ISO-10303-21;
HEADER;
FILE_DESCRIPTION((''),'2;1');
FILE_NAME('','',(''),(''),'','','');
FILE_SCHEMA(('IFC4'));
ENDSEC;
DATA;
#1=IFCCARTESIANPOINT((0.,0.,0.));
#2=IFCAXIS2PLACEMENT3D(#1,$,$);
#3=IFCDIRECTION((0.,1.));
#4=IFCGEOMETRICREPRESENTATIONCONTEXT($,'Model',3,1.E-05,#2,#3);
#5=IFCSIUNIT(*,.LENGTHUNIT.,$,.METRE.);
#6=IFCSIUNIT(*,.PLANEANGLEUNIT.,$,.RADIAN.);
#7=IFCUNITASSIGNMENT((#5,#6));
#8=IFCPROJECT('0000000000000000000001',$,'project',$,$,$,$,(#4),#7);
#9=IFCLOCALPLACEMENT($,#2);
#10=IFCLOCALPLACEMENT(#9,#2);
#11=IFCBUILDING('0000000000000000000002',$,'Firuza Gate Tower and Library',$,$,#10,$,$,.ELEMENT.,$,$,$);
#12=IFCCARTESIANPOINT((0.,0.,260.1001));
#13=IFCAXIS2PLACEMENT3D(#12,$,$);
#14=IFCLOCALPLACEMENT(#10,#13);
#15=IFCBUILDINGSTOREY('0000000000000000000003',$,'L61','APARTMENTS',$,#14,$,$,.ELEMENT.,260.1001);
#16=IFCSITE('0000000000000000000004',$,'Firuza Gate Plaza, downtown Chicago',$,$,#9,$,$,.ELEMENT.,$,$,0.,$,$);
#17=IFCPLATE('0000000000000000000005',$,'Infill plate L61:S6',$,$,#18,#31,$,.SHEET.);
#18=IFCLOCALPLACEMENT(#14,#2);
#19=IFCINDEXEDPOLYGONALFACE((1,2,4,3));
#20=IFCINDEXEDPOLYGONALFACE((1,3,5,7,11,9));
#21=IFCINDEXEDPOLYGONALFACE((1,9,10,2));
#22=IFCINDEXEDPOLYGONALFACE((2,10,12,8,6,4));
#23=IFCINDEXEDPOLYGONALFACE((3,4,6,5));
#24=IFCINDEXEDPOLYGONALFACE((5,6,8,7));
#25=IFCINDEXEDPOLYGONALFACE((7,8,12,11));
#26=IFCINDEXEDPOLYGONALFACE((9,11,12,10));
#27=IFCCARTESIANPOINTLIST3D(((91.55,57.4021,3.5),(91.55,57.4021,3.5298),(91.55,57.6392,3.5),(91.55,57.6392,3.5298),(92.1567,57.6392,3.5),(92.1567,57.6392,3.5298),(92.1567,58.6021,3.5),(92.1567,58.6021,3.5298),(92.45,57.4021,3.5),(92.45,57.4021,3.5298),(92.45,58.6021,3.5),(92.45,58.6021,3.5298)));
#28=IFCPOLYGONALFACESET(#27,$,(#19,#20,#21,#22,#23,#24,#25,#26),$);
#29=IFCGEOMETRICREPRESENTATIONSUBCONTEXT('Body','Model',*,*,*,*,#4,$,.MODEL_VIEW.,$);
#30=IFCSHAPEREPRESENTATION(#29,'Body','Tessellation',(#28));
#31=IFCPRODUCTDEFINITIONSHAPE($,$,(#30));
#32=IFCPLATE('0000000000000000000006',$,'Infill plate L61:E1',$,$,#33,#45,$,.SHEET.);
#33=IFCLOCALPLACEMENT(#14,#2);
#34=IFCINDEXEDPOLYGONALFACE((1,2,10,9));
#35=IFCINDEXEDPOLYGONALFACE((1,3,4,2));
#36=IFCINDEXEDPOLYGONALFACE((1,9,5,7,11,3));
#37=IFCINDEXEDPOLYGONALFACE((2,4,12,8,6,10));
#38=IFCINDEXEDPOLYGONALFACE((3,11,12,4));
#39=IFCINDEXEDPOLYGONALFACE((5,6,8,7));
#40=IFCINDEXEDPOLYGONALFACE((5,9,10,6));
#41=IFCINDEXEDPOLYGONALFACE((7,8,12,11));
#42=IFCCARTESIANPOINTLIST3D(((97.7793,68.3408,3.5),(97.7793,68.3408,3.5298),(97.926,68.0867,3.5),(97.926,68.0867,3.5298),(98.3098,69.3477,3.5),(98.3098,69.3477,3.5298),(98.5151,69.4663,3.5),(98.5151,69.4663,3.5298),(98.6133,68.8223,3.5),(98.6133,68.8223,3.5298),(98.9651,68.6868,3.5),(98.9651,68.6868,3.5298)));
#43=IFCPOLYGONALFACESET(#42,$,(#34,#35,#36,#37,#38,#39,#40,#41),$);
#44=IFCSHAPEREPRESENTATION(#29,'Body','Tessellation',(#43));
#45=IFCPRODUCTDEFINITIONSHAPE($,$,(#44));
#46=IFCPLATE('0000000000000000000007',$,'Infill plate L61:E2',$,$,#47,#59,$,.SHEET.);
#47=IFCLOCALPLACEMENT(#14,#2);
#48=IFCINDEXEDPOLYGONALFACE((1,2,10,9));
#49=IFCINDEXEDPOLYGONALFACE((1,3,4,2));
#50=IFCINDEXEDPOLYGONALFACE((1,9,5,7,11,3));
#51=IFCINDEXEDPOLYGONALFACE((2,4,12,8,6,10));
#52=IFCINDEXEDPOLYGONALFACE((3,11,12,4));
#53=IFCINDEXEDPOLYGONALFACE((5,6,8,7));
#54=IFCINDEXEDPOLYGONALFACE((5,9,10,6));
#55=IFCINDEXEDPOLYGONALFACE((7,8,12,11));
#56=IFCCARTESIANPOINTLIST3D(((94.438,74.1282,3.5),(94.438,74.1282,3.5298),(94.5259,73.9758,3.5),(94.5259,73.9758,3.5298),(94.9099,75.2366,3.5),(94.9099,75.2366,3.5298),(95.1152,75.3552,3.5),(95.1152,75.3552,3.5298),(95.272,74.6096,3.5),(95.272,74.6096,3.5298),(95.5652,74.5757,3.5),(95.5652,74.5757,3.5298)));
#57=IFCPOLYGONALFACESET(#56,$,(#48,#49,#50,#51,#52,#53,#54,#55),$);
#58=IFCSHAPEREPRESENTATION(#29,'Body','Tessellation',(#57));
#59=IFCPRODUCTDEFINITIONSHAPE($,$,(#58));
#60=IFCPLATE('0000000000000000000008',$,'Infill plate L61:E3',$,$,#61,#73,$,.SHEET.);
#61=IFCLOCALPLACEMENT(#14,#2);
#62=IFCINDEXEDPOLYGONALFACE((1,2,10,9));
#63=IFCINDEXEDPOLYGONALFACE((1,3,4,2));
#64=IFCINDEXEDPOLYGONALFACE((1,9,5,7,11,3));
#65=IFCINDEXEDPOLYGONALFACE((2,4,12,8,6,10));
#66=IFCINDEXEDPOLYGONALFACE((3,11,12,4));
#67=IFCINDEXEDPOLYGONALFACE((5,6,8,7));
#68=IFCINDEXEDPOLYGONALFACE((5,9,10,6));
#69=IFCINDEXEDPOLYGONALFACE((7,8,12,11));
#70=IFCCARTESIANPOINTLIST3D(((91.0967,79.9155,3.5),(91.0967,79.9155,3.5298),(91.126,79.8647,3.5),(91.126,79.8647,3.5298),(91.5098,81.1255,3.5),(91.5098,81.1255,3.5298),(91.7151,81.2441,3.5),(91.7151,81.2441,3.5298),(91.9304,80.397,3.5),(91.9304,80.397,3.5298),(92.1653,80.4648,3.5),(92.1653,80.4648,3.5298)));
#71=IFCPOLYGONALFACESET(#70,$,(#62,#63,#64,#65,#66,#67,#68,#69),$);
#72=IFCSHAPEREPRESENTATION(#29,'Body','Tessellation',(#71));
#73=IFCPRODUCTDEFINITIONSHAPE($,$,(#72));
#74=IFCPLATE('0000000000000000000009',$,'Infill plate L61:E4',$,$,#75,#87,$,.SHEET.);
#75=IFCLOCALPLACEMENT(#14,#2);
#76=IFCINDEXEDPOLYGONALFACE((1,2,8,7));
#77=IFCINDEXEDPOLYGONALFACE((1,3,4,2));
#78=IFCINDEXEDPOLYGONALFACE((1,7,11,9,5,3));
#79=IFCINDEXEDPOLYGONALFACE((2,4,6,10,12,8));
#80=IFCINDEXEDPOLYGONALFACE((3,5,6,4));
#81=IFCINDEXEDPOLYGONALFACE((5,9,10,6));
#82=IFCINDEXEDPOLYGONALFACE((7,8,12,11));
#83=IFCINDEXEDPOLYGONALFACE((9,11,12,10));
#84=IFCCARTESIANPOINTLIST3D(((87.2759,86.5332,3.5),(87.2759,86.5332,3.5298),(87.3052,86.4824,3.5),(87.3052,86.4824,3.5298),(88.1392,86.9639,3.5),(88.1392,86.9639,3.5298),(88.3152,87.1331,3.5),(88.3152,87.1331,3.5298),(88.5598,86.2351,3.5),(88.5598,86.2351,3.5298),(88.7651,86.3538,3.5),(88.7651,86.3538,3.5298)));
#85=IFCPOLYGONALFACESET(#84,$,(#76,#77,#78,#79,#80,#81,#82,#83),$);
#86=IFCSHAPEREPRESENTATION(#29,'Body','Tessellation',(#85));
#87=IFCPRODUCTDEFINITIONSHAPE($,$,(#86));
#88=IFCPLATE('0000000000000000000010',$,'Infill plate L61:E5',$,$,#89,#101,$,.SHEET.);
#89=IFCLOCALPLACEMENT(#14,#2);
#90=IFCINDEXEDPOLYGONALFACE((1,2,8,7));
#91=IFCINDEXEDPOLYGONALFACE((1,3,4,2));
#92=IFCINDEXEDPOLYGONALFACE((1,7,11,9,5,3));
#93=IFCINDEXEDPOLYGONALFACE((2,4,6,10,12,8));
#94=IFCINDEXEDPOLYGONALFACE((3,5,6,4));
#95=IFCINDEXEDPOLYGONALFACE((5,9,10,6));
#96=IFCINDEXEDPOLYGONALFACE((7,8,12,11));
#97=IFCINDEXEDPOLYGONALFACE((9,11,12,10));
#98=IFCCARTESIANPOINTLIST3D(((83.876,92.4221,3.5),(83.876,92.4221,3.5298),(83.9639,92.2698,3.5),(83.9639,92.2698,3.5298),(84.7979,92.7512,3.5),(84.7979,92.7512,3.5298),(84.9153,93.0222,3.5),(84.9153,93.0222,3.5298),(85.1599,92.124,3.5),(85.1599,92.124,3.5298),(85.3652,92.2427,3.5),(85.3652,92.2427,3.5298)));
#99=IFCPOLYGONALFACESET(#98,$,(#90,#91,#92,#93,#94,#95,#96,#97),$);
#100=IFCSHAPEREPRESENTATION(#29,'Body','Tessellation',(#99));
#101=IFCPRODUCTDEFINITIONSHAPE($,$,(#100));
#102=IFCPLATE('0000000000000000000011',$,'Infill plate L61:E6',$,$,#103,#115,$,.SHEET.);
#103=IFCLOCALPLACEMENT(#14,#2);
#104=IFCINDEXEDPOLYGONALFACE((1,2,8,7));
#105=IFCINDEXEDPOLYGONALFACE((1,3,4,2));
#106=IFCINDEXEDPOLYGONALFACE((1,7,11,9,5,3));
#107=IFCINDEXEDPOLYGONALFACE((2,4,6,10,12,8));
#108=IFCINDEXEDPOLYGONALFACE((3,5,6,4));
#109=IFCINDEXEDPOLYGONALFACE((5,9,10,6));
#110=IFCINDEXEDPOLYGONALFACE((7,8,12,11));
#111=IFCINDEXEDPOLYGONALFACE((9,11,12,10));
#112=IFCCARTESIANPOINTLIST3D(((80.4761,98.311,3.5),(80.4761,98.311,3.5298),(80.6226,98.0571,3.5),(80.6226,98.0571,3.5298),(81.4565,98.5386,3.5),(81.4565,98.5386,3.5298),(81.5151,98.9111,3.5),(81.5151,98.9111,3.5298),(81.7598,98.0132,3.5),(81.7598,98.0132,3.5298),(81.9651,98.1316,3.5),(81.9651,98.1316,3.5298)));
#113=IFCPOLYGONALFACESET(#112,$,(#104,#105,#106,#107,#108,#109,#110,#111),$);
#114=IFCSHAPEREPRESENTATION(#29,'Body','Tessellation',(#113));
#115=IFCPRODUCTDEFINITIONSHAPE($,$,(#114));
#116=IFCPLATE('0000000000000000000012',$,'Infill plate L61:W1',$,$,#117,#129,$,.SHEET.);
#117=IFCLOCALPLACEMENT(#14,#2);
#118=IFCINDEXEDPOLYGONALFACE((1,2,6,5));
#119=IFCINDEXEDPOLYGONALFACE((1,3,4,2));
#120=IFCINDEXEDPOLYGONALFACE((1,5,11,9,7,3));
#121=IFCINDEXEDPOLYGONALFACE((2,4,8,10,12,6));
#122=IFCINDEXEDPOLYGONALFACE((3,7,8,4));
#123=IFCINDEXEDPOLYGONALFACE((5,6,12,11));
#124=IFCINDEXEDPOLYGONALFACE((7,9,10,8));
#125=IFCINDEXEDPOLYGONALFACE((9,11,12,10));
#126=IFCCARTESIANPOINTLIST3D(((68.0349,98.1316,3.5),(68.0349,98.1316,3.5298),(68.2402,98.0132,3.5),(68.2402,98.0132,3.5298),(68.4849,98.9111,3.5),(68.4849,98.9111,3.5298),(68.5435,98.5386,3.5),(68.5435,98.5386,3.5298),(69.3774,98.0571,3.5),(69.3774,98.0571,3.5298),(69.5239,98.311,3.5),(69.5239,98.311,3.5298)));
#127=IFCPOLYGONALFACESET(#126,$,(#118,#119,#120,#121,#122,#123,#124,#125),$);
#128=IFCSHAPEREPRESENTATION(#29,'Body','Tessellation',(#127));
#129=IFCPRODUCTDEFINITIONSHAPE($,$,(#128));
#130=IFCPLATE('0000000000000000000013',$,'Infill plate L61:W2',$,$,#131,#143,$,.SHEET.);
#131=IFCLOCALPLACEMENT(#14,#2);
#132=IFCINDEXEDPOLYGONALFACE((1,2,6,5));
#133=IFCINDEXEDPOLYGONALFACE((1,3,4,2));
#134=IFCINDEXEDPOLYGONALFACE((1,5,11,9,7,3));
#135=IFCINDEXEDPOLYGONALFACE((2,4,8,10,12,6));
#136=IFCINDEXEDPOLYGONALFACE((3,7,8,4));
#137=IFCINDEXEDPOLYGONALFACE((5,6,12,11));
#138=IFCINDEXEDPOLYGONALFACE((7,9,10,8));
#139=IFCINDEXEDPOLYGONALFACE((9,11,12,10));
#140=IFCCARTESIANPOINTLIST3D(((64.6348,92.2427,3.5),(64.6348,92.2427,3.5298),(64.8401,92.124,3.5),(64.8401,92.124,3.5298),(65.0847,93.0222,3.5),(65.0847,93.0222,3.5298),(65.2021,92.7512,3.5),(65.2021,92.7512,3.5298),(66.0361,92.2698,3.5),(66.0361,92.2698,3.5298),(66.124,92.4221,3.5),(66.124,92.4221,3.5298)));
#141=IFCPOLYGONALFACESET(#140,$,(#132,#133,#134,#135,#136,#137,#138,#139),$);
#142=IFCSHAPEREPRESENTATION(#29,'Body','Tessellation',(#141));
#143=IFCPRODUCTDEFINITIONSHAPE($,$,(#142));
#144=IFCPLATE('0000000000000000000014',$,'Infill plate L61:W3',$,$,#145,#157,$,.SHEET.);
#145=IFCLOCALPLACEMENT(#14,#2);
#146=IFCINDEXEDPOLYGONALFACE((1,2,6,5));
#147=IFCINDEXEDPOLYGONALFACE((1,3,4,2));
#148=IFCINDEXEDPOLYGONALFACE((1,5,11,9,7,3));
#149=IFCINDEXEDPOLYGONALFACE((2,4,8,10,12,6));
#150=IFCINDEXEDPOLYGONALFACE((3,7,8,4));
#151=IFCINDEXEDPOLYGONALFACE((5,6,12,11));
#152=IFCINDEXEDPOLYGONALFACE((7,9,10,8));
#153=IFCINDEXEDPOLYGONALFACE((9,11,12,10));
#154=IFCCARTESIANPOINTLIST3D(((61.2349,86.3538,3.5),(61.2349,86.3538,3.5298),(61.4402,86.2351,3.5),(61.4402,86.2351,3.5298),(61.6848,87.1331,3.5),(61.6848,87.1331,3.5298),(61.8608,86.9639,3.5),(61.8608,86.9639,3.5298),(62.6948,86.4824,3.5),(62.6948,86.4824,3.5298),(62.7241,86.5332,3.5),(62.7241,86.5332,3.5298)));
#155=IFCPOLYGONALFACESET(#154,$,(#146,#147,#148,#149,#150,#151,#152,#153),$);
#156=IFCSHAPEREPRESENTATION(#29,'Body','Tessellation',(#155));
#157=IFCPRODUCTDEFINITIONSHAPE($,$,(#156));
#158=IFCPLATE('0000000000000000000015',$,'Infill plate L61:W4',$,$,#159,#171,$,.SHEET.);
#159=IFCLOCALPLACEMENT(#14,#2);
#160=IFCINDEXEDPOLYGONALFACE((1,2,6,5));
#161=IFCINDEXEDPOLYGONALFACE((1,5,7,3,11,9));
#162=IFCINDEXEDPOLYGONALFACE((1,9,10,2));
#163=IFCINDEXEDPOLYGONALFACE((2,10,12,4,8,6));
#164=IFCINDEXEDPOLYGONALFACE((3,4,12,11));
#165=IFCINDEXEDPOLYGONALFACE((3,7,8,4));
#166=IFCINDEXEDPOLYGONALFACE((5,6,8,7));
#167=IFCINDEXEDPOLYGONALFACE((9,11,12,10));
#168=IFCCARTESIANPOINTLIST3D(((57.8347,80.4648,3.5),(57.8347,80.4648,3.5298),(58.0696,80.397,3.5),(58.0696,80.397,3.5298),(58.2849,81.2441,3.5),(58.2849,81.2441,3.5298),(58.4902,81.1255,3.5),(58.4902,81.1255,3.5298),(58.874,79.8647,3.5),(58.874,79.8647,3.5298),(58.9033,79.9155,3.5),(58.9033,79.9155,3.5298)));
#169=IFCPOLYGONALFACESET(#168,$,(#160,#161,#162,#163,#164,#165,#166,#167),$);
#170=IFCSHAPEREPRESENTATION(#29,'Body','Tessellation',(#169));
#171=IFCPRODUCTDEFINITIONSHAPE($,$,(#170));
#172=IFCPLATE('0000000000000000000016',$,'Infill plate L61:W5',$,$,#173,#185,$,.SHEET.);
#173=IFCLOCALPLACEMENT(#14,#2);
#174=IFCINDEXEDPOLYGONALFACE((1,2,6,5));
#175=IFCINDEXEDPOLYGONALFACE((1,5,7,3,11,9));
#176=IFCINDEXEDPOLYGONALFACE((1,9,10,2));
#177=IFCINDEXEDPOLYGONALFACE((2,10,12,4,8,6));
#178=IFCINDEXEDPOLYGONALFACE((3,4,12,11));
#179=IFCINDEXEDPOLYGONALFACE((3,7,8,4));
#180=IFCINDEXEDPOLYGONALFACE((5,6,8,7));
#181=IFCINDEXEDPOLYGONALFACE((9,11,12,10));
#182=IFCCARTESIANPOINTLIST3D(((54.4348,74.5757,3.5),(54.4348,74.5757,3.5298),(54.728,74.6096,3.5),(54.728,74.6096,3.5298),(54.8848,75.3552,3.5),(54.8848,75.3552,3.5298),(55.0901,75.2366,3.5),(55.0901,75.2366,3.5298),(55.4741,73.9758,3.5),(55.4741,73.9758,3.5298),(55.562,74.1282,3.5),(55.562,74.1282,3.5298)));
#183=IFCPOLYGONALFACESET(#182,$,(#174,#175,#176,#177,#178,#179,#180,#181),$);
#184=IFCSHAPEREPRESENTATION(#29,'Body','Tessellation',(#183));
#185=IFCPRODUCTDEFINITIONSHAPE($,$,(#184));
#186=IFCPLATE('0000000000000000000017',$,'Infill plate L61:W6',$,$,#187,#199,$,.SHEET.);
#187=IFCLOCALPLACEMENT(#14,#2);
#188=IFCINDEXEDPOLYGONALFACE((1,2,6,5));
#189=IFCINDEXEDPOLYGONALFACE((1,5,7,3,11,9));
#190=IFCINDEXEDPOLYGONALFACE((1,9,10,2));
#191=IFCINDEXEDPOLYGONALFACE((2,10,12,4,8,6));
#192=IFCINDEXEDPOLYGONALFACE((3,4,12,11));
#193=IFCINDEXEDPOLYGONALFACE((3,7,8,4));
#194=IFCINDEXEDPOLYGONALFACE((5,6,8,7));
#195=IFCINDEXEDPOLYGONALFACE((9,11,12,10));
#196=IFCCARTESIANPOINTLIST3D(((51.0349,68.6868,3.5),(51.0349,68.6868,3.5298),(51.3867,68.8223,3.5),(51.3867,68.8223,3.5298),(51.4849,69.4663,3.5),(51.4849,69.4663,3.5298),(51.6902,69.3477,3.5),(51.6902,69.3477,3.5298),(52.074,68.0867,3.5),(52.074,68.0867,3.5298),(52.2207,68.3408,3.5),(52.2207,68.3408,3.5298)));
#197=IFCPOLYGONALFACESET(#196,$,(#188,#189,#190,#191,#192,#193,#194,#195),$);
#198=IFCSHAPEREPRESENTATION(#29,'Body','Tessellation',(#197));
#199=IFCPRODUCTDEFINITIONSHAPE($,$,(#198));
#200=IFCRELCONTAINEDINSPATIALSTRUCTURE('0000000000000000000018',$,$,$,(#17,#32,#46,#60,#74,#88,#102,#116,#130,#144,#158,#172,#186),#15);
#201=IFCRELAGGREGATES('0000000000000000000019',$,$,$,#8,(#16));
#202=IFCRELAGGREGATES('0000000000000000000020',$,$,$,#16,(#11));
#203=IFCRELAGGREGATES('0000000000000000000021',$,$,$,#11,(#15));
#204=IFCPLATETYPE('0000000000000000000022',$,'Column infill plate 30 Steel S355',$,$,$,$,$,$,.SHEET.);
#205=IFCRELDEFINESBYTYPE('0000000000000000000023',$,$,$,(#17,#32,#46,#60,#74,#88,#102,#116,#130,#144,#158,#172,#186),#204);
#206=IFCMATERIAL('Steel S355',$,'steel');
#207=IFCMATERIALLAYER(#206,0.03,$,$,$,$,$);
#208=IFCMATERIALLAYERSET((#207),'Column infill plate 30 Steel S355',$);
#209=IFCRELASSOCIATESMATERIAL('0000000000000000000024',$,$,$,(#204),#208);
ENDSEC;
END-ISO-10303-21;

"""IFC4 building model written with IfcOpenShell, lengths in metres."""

from ifc_helpers import new_model, si_unit, direction, frame, origin, place, context, subcontext, project, spatial, polyline, outline, extrude, material, layer, layer_set, type_object, element, save


model = new_model("IFC4")

# Units and contexts
model_context = context("Model", 3, precision=1e-05, world=origin(), true_north=direction((0.0, 1.0)))
body_context = subcontext(model_context, "Body", "Model", "MODEL_VIEW")
ifc_project = project(units=[si_unit("LENGTHUNIT", "METRE"), si_unit("PLANEANGLEUNIT", "RADIAN")], contexts=[model_context])

# Site, building, storey
site_placement = place(None, origin())
site = spatial("IfcSite", under=ifc_project, at=site_placement, Name="Firuza Gate Plaza, downtown Chicago", CompositionType="ELEMENT", RefElevation=0.0)
building_placement = place(site_placement, origin())
building = spatial("IfcBuilding", under=site, at=building_placement, Name="Firuza Gate Tower and Library", CompositionType="ELEMENT")
storey_placement = place(building_placement, frame((0.0, 0.0, 260.1001)))
storey = spatial("IfcBuildingStorey", under=building, at=storey_placement, Name="L61", Description="APARTMENTS", CompositionType="ELEMENT", Elevation=260.1001)

# Plates
ifc_material_1 = material(Name="Steel S355", Category="steel")
ifc_layer_1 = layer(ifc_material_1, 0.03)
ifc_layer_set_1 = layer_set([ifc_layer_1], Name="Column infill plate 30 Steel S355")
plate_type_1 = type_object("IfcPlateType", Name="Column infill plate 30 Steel S355", PredefinedType="SHEET", material=ifc_layer_set_1)
placement_1 = place(storey_placement, frame((0.0, 0.0, 3.5)))
element("IfcPlate", 1, at=placement_1, inside=storey, type_object=plate_type_1, Name="Infill plate L61:S6", PredefinedType="SHEET", context=body_context, shape_type="SweptSolid", body=[
    extrude(outline(polyline([(92.45, 58.6021), (92.1567, 58.6021), (92.1567, 57.6392), (91.55, 57.6392), (91.55, 57.4021), (92.45, 57.4021), (92.45, 58.6021)])), origin(), (0.0, 0.0, 1.0), 0.0298),
])
element("IfcPlate", 2, at=placement_1, inside=storey, type_object=plate_type_1, Name="Infill plate L61:E1", PredefinedType="SHEET", context=body_context, shape_type="SweptSolid", body=[
    extrude(outline(polyline([(98.5151, 69.4663), (98.3098, 69.3477), (98.6133, 68.8223), (97.7793, 68.3408), (97.926, 68.0867), (98.9651, 68.6868), (98.5151, 69.4663)])), origin(), (0.0, 0.0, 1.0), 0.0298),
])
element("IfcPlate", 3, at=placement_1, inside=storey, type_object=plate_type_1, Name="Infill plate L61:E2", PredefinedType="SHEET", context=body_context, shape_type="SweptSolid", body=[
    extrude(outline(polyline([(95.1152, 75.3552), (94.9099, 75.2366), (95.272, 74.6096), (94.438, 74.1282), (94.5259, 73.9758), (95.5652, 74.5757), (95.1152, 75.3552)])), origin(), (0.0, 0.0, 1.0), 0.0298),
])
element("IfcPlate", 4, at=placement_1, inside=storey, type_object=plate_type_1, Name="Infill plate L61:E3", PredefinedType="SHEET", context=body_context, shape_type="SweptSolid", body=[
    extrude(outline(polyline([(91.7151, 81.2441), (91.5098, 81.1255), (91.9304, 80.397), (91.0967, 79.9155), (91.126, 79.8647), (92.1653, 80.4648), (91.7151, 81.2441)])), origin(), (0.0, 0.0, 1.0), 0.0298),
])
element("IfcPlate", 5, at=placement_1, inside=storey, type_object=plate_type_1, Name="Infill plate L61:E4", PredefinedType="SHEET", context=body_context, shape_type="SweptSolid", body=[
    extrude(outline(polyline([(87.2759, 86.5332), (87.3052, 86.4824), (88.1392, 86.9639), (88.5598, 86.2351), (88.7651, 86.3538), (88.3152, 87.1331), (87.2759, 86.5332)])), origin(), (0.0, 0.0, 1.0), 0.0298),
])
element("IfcPlate", 6, at=placement_1, inside=storey, type_object=plate_type_1, Name="Infill plate L61:E5", PredefinedType="SHEET", context=body_context, shape_type="SweptSolid", body=[
    extrude(outline(polyline([(83.876, 92.4221), (83.9639, 92.2698), (84.7979, 92.7512), (85.1599, 92.124), (85.3652, 92.2427), (84.9153, 93.0222), (83.876, 92.4221)])), origin(), (0.0, 0.0, 1.0), 0.0298),
])
element("IfcPlate", 7, at=placement_1, inside=storey, type_object=plate_type_1, Name="Infill plate L61:E6", PredefinedType="SHEET", context=body_context, shape_type="SweptSolid", body=[
    extrude(outline(polyline([(80.4761, 98.311), (80.6226, 98.0571), (81.4565, 98.5386), (81.7598, 98.0132), (81.9651, 98.1316), (81.5151, 98.9111), (80.4761, 98.311)])), origin(), (0.0, 0.0, 1.0), 0.0298),
])
element("IfcPlate", 8, at=placement_1, inside=storey, type_object=plate_type_1, Name="Infill plate L61:W1", PredefinedType="SHEET", context=body_context, shape_type="SweptSolid", body=[
    extrude(outline(polyline([(68.0349, 98.1316), (68.2402, 98.0132), (68.5435, 98.5386), (69.3774, 98.0571), (69.5239, 98.311), (68.4849, 98.9111), (68.0349, 98.1316)])), origin(), (0.0, 0.0, 1.0), 0.0298),
])
element("IfcPlate", 9, at=placement_1, inside=storey, type_object=plate_type_1, Name="Infill plate L61:W2", PredefinedType="SHEET", context=body_context, shape_type="SweptSolid", body=[
    extrude(outline(polyline([(64.6348, 92.2427), (64.8401, 92.124), (65.2021, 92.7512), (66.0361, 92.2698), (66.124, 92.4221), (65.0847, 93.0222), (64.6348, 92.2427)])), origin(), (0.0, 0.0, 1.0), 0.0298),
])
element("IfcPlate", 10, at=placement_1, inside=storey, type_object=plate_type_1, Name="Infill plate L61:W3", PredefinedType="SHEET", context=body_context, shape_type="SweptSolid", body=[
    extrude(outline(polyline([(61.2349, 86.3538), (61.4402, 86.2351), (61.8608, 86.9639), (62.6948, 86.4824), (62.7241, 86.5332), (61.6848, 87.1331), (61.2349, 86.3538)])), origin(), (0.0, 0.0, 1.0), 0.0298),
])
element("IfcPlate", 11, at=placement_1, inside=storey, type_object=plate_type_1, Name="Infill plate L61:W4", PredefinedType="SHEET", context=body_context, shape_type="SweptSolid", body=[
    extrude(outline(polyline([(58.874, 79.8647), (58.9033, 79.9155), (58.0696, 80.397), (58.4902, 81.1255), (58.2849, 81.2441), (57.8347, 80.4648), (58.874, 79.8647)])), origin(), (0.0, 0.0, 1.0), 0.0298),
])
element("IfcPlate", 12, at=placement_1, inside=storey, type_object=plate_type_1, Name="Infill plate L61:W5", PredefinedType="SHEET", context=body_context, shape_type="SweptSolid", body=[
    extrude(outline(polyline([(55.4741, 73.9758), (55.562, 74.1282), (54.728, 74.6096), (55.0901, 75.2366), (54.8848, 75.3552), (54.4348, 74.5757), (55.4741, 73.9758)])), origin(), (0.0, 0.0, 1.0), 0.0298),
])
element("IfcPlate", 13, at=placement_1, inside=storey, type_object=plate_type_1, Name="Infill plate L61:W6", PredefinedType="SHEET", context=body_context, shape_type="SweptSolid", body=[
    extrude(outline(polyline([(52.074, 68.0867), (52.2207, 68.3408), (51.3867, 68.8223), (51.6902, 69.3477), (51.4849, 69.4663), (51.0349, 68.6868), (52.074, 68.0867)])), origin(), (0.0, 0.0, 1.0), 0.0298),
])

save(model, "model.ifc")
